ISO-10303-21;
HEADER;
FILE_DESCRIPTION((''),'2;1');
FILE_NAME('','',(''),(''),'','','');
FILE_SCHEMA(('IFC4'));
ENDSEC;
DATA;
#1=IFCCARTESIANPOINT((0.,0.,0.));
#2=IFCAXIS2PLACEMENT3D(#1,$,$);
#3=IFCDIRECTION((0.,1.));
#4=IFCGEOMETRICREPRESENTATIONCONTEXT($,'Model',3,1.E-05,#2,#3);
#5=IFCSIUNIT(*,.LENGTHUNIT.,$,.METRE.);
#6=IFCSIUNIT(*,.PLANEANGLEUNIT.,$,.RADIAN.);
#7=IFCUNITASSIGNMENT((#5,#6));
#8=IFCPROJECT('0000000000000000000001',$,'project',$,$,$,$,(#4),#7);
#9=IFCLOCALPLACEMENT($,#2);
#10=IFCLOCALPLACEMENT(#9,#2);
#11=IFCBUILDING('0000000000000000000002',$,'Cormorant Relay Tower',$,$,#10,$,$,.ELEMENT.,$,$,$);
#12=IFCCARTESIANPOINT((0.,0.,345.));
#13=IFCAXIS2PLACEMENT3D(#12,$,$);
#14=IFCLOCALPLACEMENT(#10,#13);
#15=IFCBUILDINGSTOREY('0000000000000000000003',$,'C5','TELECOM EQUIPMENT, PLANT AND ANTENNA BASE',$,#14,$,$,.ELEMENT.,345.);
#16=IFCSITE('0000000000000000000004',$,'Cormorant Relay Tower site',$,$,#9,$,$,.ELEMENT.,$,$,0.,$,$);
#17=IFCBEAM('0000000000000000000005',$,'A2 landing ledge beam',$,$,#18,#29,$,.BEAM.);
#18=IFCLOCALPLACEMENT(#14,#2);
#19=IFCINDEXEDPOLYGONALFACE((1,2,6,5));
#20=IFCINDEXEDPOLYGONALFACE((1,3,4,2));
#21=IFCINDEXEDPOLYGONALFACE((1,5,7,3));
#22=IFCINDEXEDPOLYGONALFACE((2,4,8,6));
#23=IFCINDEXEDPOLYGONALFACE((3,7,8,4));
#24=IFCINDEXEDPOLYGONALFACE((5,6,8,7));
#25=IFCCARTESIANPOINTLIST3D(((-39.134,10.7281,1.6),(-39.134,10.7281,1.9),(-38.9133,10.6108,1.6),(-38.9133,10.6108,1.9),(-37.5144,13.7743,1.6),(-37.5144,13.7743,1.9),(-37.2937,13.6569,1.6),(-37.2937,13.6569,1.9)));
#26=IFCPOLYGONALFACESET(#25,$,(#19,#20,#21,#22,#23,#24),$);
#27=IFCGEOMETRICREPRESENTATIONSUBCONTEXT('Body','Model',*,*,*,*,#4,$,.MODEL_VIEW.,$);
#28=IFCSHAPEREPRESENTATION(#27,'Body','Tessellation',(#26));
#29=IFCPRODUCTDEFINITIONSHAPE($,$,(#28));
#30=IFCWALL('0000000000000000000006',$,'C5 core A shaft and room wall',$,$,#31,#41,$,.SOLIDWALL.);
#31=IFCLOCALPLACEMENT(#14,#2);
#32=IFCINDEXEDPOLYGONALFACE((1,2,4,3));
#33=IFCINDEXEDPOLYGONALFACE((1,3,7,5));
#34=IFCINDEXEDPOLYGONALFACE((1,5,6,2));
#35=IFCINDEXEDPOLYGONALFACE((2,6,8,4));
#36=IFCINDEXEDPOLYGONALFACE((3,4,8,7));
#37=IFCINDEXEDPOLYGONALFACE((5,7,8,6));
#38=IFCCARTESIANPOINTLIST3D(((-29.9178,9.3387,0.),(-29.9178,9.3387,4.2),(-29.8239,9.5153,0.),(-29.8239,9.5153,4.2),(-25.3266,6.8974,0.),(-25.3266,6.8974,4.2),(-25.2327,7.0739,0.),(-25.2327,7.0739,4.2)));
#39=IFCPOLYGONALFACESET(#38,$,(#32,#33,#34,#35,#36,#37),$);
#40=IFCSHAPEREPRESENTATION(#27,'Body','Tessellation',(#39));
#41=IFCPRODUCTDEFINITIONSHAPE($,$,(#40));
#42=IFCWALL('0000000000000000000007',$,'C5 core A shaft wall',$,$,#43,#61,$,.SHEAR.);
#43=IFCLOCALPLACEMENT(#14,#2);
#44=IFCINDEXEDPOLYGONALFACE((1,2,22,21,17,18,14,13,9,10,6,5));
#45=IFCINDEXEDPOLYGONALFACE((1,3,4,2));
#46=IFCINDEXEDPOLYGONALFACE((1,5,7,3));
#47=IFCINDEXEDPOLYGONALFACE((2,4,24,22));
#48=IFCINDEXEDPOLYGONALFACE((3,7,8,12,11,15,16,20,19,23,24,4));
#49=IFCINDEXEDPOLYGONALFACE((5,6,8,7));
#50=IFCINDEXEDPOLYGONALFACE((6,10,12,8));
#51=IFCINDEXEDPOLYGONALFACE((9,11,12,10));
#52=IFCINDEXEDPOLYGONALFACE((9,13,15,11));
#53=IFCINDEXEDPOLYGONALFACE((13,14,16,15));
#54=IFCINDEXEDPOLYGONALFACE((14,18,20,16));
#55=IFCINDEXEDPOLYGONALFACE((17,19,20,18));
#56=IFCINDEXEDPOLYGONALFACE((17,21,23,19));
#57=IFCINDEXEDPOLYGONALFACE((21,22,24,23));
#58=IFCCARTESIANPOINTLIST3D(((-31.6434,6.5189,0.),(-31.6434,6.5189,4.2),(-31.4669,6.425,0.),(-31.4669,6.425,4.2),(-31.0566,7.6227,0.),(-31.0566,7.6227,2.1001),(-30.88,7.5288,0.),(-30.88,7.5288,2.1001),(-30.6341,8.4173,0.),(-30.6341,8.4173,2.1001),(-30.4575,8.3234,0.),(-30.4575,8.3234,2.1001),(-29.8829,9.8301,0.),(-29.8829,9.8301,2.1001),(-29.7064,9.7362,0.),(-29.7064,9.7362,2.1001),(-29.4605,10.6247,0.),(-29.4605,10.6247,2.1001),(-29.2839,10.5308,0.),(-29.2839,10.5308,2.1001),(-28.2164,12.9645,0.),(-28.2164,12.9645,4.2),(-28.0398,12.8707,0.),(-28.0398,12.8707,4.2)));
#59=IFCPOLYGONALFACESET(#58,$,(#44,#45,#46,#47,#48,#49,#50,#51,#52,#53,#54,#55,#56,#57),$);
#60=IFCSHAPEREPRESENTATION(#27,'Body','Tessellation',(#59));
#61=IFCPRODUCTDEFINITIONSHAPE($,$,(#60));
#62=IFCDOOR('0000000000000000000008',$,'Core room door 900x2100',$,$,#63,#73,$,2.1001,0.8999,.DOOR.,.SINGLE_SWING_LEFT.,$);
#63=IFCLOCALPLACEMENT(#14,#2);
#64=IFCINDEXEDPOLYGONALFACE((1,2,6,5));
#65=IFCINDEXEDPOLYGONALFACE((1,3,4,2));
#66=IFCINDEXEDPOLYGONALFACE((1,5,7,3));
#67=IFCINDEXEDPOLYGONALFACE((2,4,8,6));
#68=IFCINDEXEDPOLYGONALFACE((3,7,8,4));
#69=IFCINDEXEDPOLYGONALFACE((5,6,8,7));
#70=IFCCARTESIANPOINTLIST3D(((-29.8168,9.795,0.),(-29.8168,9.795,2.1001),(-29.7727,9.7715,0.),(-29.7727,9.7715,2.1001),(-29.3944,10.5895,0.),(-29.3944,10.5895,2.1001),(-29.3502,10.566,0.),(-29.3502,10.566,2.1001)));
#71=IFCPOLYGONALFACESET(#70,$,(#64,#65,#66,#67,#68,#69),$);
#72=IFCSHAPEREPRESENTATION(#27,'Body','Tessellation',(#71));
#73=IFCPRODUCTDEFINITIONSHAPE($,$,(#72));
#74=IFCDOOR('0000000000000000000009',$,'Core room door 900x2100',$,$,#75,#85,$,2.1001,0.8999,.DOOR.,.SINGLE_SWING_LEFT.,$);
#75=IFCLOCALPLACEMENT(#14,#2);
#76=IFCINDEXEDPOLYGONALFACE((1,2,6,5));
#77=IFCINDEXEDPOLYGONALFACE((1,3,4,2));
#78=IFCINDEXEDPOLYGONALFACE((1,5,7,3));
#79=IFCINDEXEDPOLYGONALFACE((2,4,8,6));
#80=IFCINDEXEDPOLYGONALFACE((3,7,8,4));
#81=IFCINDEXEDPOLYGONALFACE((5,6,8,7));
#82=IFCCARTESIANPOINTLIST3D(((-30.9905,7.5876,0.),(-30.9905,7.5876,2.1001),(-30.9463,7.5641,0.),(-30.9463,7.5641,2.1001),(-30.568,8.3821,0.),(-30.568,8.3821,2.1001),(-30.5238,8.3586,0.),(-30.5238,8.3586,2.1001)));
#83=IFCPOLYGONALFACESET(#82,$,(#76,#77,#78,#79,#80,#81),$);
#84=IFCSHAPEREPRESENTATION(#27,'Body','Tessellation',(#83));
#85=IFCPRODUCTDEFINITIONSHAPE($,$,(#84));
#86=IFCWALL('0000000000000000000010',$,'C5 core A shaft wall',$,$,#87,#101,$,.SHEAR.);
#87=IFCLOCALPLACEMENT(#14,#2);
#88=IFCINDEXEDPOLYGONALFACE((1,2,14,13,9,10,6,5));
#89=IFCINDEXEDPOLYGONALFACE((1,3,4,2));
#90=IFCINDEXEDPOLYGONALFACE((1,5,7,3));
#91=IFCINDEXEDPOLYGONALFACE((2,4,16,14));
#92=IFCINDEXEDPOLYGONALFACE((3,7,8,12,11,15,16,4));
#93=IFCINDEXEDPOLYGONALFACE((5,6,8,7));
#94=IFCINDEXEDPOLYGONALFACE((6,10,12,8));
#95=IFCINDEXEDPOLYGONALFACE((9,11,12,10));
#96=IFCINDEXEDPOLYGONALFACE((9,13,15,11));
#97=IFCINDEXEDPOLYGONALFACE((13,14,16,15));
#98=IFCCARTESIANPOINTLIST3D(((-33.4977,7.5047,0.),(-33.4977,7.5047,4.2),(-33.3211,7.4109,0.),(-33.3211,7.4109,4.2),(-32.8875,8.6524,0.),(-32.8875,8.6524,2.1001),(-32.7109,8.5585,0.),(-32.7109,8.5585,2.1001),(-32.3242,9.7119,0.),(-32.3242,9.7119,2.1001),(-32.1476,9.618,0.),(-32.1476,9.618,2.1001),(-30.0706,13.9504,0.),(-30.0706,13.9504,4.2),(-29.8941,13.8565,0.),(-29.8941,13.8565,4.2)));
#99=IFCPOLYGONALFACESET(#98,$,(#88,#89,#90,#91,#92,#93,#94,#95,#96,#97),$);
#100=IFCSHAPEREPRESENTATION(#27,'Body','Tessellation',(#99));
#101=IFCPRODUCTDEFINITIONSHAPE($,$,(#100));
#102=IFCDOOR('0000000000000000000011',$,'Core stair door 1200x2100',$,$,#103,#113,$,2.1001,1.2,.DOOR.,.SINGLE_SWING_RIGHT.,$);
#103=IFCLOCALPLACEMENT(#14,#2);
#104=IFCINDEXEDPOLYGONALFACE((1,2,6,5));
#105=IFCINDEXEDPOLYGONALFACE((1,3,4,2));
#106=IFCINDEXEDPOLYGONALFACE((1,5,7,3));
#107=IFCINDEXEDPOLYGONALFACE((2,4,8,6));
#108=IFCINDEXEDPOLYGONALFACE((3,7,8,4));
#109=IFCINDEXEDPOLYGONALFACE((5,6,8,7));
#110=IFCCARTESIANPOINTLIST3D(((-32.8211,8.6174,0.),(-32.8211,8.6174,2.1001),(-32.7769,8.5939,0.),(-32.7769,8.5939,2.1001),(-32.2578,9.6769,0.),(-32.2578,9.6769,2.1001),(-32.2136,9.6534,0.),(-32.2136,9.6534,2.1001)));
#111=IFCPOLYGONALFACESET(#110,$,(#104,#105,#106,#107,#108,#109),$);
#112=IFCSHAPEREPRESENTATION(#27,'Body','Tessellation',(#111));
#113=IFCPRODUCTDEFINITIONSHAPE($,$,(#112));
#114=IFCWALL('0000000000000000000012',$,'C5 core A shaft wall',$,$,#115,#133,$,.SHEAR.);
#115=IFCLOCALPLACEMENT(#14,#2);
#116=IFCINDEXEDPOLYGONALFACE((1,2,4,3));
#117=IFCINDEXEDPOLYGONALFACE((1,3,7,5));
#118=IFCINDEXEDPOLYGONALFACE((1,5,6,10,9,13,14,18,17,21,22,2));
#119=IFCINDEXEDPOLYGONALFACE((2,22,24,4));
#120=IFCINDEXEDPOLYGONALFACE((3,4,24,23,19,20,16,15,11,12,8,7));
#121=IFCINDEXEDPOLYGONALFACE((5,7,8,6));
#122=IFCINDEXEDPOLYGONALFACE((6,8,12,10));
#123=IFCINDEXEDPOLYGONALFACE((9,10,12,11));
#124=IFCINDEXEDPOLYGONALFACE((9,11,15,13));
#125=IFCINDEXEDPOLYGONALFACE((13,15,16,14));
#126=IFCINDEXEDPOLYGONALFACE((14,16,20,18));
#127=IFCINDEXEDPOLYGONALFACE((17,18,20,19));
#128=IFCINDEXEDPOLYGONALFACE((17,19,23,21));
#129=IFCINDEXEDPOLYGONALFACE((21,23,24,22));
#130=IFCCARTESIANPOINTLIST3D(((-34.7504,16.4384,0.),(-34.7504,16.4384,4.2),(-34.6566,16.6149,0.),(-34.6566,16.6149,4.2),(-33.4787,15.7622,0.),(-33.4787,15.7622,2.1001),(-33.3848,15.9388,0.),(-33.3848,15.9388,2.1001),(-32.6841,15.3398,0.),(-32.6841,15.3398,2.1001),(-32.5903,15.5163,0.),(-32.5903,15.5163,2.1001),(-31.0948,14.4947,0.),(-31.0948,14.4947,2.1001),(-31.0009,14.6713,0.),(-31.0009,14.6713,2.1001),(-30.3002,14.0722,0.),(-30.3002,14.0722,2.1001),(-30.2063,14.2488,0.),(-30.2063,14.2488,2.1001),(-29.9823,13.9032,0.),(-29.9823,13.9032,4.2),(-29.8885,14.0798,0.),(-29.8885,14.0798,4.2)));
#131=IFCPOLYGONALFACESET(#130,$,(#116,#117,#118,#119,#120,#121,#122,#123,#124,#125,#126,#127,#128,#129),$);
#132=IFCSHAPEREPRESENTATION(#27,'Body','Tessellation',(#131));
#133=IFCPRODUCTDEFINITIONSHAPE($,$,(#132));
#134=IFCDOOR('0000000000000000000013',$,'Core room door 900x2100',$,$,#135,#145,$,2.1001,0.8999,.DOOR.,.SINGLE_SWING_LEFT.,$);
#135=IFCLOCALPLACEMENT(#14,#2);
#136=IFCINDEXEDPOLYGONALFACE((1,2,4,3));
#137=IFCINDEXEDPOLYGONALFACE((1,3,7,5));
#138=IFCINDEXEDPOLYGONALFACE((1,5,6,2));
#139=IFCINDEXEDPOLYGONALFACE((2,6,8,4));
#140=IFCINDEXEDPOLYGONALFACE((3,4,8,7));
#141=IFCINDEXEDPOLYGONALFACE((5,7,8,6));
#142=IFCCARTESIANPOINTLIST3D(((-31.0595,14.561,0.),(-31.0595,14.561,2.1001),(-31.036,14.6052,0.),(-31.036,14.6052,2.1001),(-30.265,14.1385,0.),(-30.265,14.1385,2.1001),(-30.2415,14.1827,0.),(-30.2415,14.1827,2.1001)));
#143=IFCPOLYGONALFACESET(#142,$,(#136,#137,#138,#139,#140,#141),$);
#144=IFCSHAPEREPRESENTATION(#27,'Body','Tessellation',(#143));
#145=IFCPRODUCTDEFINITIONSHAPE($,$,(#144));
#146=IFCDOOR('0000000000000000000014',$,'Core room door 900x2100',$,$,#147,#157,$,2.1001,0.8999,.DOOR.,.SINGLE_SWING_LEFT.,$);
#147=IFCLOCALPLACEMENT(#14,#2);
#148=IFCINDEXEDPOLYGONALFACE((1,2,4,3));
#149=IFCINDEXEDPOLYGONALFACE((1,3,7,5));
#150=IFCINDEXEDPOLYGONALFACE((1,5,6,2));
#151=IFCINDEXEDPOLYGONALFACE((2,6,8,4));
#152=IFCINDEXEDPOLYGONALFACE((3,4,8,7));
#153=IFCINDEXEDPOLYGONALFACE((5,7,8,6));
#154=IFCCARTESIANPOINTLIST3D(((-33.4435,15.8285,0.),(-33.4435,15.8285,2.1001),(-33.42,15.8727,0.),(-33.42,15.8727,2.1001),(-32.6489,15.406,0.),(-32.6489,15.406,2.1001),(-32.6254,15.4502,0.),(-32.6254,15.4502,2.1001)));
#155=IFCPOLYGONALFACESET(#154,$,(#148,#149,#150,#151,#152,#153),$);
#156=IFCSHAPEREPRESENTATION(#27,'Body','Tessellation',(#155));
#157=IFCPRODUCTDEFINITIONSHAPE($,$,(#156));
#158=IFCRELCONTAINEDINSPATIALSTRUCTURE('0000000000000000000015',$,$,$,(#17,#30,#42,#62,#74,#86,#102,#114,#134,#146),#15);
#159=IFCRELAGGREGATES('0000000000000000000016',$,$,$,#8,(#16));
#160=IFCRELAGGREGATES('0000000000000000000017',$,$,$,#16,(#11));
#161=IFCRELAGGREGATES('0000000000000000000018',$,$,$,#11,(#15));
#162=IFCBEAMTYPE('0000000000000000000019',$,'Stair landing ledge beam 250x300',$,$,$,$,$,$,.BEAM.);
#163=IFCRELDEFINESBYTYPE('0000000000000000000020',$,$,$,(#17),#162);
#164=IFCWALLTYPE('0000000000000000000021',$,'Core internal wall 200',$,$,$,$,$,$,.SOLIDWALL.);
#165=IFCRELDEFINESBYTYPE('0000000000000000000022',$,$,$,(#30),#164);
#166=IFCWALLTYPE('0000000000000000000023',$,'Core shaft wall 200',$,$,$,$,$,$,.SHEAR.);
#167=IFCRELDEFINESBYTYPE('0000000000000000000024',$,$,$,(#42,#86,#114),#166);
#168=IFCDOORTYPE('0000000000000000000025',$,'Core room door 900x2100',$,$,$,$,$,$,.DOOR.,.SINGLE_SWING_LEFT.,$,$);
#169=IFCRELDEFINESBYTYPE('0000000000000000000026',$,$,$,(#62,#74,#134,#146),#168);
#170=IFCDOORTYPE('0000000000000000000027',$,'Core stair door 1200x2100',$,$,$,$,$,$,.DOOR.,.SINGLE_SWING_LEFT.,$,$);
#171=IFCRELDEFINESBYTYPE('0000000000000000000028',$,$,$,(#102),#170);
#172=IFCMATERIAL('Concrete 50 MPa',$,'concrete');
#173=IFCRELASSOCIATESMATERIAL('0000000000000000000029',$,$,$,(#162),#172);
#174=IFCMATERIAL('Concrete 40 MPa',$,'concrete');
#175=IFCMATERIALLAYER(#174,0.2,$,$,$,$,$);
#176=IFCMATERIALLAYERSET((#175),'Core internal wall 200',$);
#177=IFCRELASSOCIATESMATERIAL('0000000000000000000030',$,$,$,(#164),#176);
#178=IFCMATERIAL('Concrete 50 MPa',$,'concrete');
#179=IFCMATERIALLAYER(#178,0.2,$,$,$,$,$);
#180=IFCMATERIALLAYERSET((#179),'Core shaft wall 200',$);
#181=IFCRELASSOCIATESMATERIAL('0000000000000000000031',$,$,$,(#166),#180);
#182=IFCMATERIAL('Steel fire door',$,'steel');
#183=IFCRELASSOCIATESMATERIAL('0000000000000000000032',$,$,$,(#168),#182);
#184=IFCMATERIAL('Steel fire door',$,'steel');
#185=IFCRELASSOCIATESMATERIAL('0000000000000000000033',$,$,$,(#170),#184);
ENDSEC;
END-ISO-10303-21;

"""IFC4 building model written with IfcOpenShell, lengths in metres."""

from ifc_helpers import new_model, si_unit, direction, frame, frame_2d, origin, origin_2d, place, context, subcontext, project, spatial, rectangle, extrude, material, layer, layer_set, material_profile, profile_set, type_object, element, fill, save


model = new_model("IFC4")

# Units and contexts
model_context = context("Model", 3, precision=1e-05, world=origin(), true_north=direction((0.0, 1.0)))
body_context = subcontext(model_context, "Body", "Model", "MODEL_VIEW")
ifc_project = project(units=[si_unit("LENGTHUNIT", "METRE"), si_unit("PLANEANGLEUNIT", "RADIAN")], contexts=[model_context])

# Site, building, storey
site_placement = place(None, origin())
site = spatial("IfcSite", under=ifc_project, at=site_placement, Name="Cormorant Relay Tower site", CompositionType="ELEMENT", RefElevation=0.0)
building_placement = place(site_placement, origin())
building = spatial("IfcBuilding", under=site, at=building_placement, Name="Cormorant Relay Tower", CompositionType="ELEMENT")
storey_placement = place(building_placement, frame((0.0, 0.0, 345.0)))
storey = spatial("IfcBuildingStorey", under=building, at=storey_placement, Name="C5", Description="TELECOM EQUIPMENT, PLANT AND ANTENNA BASE", CompositionType="ELEMENT", Elevation=345.0)

# Beam
ifc_material_1 = material(Name="Concrete 50 MPa", Category="concrete")
ifc_material_profile = material_profile(ifc_material_1, rectangle(XDim=0.25, YDim=0.3, at=origin_2d()), Name="RC 250x300")
ifc_profile_set = profile_set([ifc_material_profile], Name="Concrete 50 MPa")
beam_type = type_object("IfcBeamType", Name="Stair landing ledge beam 250x300", PredefinedType="BEAM", material=ifc_profile_set)
beam_placement = place(storey_placement, frame((-37.4041, 13.7156, 1.75), z_axis=(-0.469464, -0.882952, 0.0), x_axis=(0.882952, -0.469464, 0.0)))
element("IfcBeam", 1, at=beam_placement, inside=storey, type_object=beam_type, Name="A2 landing ledge beam", PredefinedType="BEAM", context=body_context, shape_type="SweptSolid", body=[
    extrude(rectangle(XDim=0.25, YDim=0.3, at=origin_2d()), origin(), (0.0, 0.0, 1.0), 3.45),
])

# Wall
ifc_material_2 = material(Name="Concrete 40 MPa", Category="concrete")
ifc_layer_1 = layer(ifc_material_2, 0.2)
ifc_layer_set_1 = layer_set([ifc_layer_1], Name="Core internal wall 200")
wall_type_1 = type_object("IfcWallType", Name="Core internal wall 200", PredefinedType="SOLIDWALL", material=ifc_layer_set_1)
wall_1_placement = place(storey_placement, frame((-25.2795, 6.9856, 0.0), z_axis=(0.0, 0.0, 1.0), x_axis=(-0.882935, 0.469496, 0.0)))
element("IfcWall", 2, at=wall_1_placement, inside=storey, type_object=wall_type_1, Name="C5 core A shaft and room wall", PredefinedType="SOLIDWALL", context=body_context, shape_type="SweptSolid", body=[
    extrude(rectangle(XDim=5.2, YDim=0.2, at=frame_2d((2.6001, 0.0))), origin(), (0.0, 0.0, 1.0), 4.2),
])

# Wall, openings, doors
ifc_material_3 = material(Name="Concrete 50 MPa", Category="concrete")
ifc_layer_2 = layer(ifc_material_3, 0.2)
ifc_layer_set_2 = layer_set([ifc_layer_2], Name="Core shaft wall 200")
wall_type_2 = type_object("IfcWallType", Name="Core shaft wall 200", PredefinedType="SHEAR", material=ifc_layer_set_2)
wall_2_placement = place(storey_placement, frame((-28.1282, 12.9175, 0.0), z_axis=(0.0, 0.0, 1.0), x_axis=(-0.469454, -0.882957, 0.0)))
wall_2 = element("IfcWall", 3, at=wall_2_placement, inside=storey, type_object=wall_type_2, Name="C5 core A shaft wall", PredefinedType="SHEAR", context=body_context, shape_type="SweptSolid", body=[
    extrude(rectangle(XDim=7.3, YDim=0.2, at=frame_2d((3.6499, 0.0))), origin(), (0.0, 0.0, 1.0), 4.2),
])
opening_1_placement = place(wall_2_placement, frame((2.6499, 0.0, 0.0)))
opening_1 = element("IfcOpeningElement", 4, at=opening_1_placement, cuts=wall_2, PredefinedType="OPENING", context=body_context, shape_type="SweptSolid", body=[
    extrude(rectangle(XDim=0.8999, YDim=2.1001, at=frame_2d((0.45, 1.05))), frame((0.0, 0.1099, 0.0), z_axis=(0.0, -1.0, 0.0), x_axis=(1.0, 0.0, 0.0)), (0.0, 0.0, 1.0), 0.22),
])
opening_2_placement = place(wall_2_placement, frame((5.1499, 0.0, 0.0)))
opening_2 = element("IfcOpeningElement", 5, at=opening_2_placement, cuts=wall_2, PredefinedType="OPENING", context=body_context, shape_type="SweptSolid", body=[
    extrude(rectangle(XDim=0.8999, YDim=2.1001, at=frame_2d((0.45, 1.05))), frame((0.0, 0.1099, 0.0), z_axis=(0.0, -1.0, 0.0), x_axis=(1.0, 0.0, 0.0)), (0.0, 0.0, 1.0), 0.22),
])
ifc_material_4 = material(Name="Steel fire door", Category="steel")
door_type_1 = type_object("IfcDoorType", Name="Core room door 900x2100", OperationType="SINGLE_SWING_LEFT", PredefinedType="DOOR", material=ifc_material_4)
door_1_placement = place(opening_1_placement, origin())
door_1 = element("IfcDoor", 6, at=door_1_placement, inside=storey, type_object=door_type_1, Name="Core room door 900x2100", OperationType="SINGLE_SWING_LEFT", OverallHeight=2.1001, OverallWidth=0.8999, PredefinedType="DOOR", context=body_context, shape_type="SweptSolid", body=[
    extrude(rectangle(XDim=0.8999, YDim=2.1001, at=frame_2d((0.45, 1.05))), frame((0.0, 0.0249, 0.0), z_axis=(0.0, -1.0, 0.0), x_axis=(1.0, 0.0, 0.0)), (0.0, 0.0, 1.0), 0.05),
])
fill(opening_1, door_1)
door_2_placement = place(opening_2_placement, origin())
door_2 = element("IfcDoor", 7, at=door_2_placement, inside=storey, type_object=door_type_1, Name="Core room door 900x2100", OperationType="SINGLE_SWING_LEFT", OverallHeight=2.1001, OverallWidth=0.8999, PredefinedType="DOOR", context=body_context, shape_type="SweptSolid", body=[
    extrude(rectangle(XDim=0.8999, YDim=2.1001, at=frame_2d((0.45, 1.05))), frame((0.0, 0.0249, 0.0), z_axis=(0.0, -1.0, 0.0), x_axis=(1.0, 0.0, 0.0)), (0.0, 0.0, 1.0), 0.05),
])
fill(opening_2, door_2)

# Wall, opening, door
wall_3_placement = place(storey_placement, frame((-29.9824, 13.9033, 0.0), z_axis=(0.0, 0.0, 1.0), x_axis=(-0.469454, -0.882957, 0.0)))
wall_3 = element("IfcWall", 8, at=wall_3_placement, inside=storey, type_object=wall_type_2, Name="C5 core A shaft wall", PredefinedType="SHEAR", context=body_context, shape_type="SweptSolid", body=[
    extrude(rectangle(XDim=7.3, YDim=0.2, at=frame_2d((3.6499, 0.0))), origin(), (0.0, 0.0, 1.0), 4.2),
])
opening_3_placement = place(wall_3_placement, frame((4.8, 0.0, 0.0)))
opening_3 = element("IfcOpeningElement", 9, at=opening_3_placement, cuts=wall_3, PredefinedType="OPENING", context=body_context, shape_type="SweptSolid", body=[
    extrude(rectangle(XDim=1.2, YDim=2.1001, at=frame_2d((0.6001, 1.05))), frame((0.0, 0.1099, 0.0), z_axis=(0.0, -1.0, 0.0), x_axis=(1.0, 0.0, 0.0)), (0.0, 0.0, 1.0), 0.22),
])
ifc_material_5 = material(Name="Steel fire door", Category="steel")
door_type_2 = type_object("IfcDoorType", Name="Core stair door 1200x2100", OperationType="SINGLE_SWING_LEFT", PredefinedType="DOOR", material=ifc_material_5)
door_3_placement = place(opening_3_placement, frame((1.2, 0.0, 0.0), z_axis=(0.0, 0.0, 1.0), x_axis=(-1.0, 0.0, 0.0)))
door_3 = element("IfcDoor", 10, at=door_3_placement, inside=storey, type_object=door_type_2, Name="Core stair door 1200x2100", OperationType="SINGLE_SWING_RIGHT", OverallHeight=2.1001, OverallWidth=1.2, PredefinedType="DOOR", context=body_context, shape_type="SweptSolid", body=[
    extrude(rectangle(XDim=1.2, YDim=2.1001, at=frame_2d((0.6001, 1.05))), frame((0.0, 0.0249, 0.0), z_axis=(0.0, -1.0, 0.0), x_axis=(1.0, 0.0, 0.0)), (0.0, 0.0, 1.0), 0.05),
])
fill(opening_3, door_3)

# Wall, openings, doors
wall_4_placement = place(storey_placement, frame((-29.9353, 13.9915, 0.0), z_axis=(0.0, 0.0, 1.0), x_axis=(-0.882953, 0.469462, 0.0)))
wall_4 = element("IfcWall", 11, at=wall_4_placement, inside=storey, type_object=wall_type_2, Name="C5 core A shaft wall", PredefinedType="SHEAR", context=body_context, shape_type="SweptSolid", body=[
    extrude(rectangle(XDim=5.4001, YDim=0.2, at=frame_2d((2.7002, 0.0))), origin(), (0.0, 0.0, 1.0), 4.2),
])
opening_4_placement = place(wall_4_placement, frame((0.3601, 0.0, 0.0)))
opening_4 = element("IfcOpeningElement", 12, at=opening_4_placement, cuts=wall_4, PredefinedType="OPENING", context=body_context, shape_type="SweptSolid", body=[
    extrude(rectangle(XDim=0.8999, YDim=2.1001, at=frame_2d((0.45, 1.05))), frame((0.0, 0.1099, 0.0), z_axis=(0.0, -1.0, 0.0), x_axis=(1.0, 0.0, 0.0)), (0.0, 0.0, 1.0), 0.22),
])
opening_5_placement = place(wall_4_placement, frame((3.0601, 0.0, 0.0)))
opening_5 = element("IfcOpeningElement", 13, at=opening_5_placement, cuts=wall_4, PredefinedType="OPENING", context=body_context, shape_type="SweptSolid", body=[
    extrude(rectangle(XDim=0.8999, YDim=2.1001, at=frame_2d((0.45, 1.05))), frame((0.0, 0.1099, 0.0), z_axis=(0.0, -1.0, 0.0), x_axis=(1.0, 0.0, 0.0)), (0.0, 0.0, 1.0), 0.22),
])
door_4_placement = place(opening_4_placement, origin())
door_4 = element("IfcDoor", 14, at=door_4_placement, inside=storey, type_object=door_type_1, Name="Core room door 900x2100", OperationType="SINGLE_SWING_LEFT", OverallHeight=2.1001, OverallWidth=0.8999, PredefinedType="DOOR", context=body_context, shape_type="SweptSolid", body=[
    extrude(rectangle(XDim=0.8999, YDim=2.1001, at=frame_2d((0.45, 1.05))), frame((0.0, 0.0249, 0.0), z_axis=(0.0, -1.0, 0.0), x_axis=(1.0, 0.0, 0.0)), (0.0, 0.0, 1.0), 0.05),
])
fill(opening_4, door_4)
door_5_placement = place(opening_5_placement, origin())
door_5 = element("IfcDoor", 15, at=door_5_placement, inside=storey, type_object=door_type_1, Name="Core room door 900x2100", OperationType="SINGLE_SWING_LEFT", OverallHeight=2.1001, OverallWidth=0.8999, PredefinedType="DOOR", context=body_context, shape_type="SweptSolid", body=[
    extrude(rectangle(XDim=0.8999, YDim=2.1001, at=frame_2d((0.45, 1.05))), frame((0.0, 0.0249, 0.0), z_axis=(0.0, -1.0, 0.0), x_axis=(1.0, 0.0, 0.0)), (0.0, 0.0, 1.0), 0.05),
])
fill(opening_5, door_5)

save(model, "model.ifc")
